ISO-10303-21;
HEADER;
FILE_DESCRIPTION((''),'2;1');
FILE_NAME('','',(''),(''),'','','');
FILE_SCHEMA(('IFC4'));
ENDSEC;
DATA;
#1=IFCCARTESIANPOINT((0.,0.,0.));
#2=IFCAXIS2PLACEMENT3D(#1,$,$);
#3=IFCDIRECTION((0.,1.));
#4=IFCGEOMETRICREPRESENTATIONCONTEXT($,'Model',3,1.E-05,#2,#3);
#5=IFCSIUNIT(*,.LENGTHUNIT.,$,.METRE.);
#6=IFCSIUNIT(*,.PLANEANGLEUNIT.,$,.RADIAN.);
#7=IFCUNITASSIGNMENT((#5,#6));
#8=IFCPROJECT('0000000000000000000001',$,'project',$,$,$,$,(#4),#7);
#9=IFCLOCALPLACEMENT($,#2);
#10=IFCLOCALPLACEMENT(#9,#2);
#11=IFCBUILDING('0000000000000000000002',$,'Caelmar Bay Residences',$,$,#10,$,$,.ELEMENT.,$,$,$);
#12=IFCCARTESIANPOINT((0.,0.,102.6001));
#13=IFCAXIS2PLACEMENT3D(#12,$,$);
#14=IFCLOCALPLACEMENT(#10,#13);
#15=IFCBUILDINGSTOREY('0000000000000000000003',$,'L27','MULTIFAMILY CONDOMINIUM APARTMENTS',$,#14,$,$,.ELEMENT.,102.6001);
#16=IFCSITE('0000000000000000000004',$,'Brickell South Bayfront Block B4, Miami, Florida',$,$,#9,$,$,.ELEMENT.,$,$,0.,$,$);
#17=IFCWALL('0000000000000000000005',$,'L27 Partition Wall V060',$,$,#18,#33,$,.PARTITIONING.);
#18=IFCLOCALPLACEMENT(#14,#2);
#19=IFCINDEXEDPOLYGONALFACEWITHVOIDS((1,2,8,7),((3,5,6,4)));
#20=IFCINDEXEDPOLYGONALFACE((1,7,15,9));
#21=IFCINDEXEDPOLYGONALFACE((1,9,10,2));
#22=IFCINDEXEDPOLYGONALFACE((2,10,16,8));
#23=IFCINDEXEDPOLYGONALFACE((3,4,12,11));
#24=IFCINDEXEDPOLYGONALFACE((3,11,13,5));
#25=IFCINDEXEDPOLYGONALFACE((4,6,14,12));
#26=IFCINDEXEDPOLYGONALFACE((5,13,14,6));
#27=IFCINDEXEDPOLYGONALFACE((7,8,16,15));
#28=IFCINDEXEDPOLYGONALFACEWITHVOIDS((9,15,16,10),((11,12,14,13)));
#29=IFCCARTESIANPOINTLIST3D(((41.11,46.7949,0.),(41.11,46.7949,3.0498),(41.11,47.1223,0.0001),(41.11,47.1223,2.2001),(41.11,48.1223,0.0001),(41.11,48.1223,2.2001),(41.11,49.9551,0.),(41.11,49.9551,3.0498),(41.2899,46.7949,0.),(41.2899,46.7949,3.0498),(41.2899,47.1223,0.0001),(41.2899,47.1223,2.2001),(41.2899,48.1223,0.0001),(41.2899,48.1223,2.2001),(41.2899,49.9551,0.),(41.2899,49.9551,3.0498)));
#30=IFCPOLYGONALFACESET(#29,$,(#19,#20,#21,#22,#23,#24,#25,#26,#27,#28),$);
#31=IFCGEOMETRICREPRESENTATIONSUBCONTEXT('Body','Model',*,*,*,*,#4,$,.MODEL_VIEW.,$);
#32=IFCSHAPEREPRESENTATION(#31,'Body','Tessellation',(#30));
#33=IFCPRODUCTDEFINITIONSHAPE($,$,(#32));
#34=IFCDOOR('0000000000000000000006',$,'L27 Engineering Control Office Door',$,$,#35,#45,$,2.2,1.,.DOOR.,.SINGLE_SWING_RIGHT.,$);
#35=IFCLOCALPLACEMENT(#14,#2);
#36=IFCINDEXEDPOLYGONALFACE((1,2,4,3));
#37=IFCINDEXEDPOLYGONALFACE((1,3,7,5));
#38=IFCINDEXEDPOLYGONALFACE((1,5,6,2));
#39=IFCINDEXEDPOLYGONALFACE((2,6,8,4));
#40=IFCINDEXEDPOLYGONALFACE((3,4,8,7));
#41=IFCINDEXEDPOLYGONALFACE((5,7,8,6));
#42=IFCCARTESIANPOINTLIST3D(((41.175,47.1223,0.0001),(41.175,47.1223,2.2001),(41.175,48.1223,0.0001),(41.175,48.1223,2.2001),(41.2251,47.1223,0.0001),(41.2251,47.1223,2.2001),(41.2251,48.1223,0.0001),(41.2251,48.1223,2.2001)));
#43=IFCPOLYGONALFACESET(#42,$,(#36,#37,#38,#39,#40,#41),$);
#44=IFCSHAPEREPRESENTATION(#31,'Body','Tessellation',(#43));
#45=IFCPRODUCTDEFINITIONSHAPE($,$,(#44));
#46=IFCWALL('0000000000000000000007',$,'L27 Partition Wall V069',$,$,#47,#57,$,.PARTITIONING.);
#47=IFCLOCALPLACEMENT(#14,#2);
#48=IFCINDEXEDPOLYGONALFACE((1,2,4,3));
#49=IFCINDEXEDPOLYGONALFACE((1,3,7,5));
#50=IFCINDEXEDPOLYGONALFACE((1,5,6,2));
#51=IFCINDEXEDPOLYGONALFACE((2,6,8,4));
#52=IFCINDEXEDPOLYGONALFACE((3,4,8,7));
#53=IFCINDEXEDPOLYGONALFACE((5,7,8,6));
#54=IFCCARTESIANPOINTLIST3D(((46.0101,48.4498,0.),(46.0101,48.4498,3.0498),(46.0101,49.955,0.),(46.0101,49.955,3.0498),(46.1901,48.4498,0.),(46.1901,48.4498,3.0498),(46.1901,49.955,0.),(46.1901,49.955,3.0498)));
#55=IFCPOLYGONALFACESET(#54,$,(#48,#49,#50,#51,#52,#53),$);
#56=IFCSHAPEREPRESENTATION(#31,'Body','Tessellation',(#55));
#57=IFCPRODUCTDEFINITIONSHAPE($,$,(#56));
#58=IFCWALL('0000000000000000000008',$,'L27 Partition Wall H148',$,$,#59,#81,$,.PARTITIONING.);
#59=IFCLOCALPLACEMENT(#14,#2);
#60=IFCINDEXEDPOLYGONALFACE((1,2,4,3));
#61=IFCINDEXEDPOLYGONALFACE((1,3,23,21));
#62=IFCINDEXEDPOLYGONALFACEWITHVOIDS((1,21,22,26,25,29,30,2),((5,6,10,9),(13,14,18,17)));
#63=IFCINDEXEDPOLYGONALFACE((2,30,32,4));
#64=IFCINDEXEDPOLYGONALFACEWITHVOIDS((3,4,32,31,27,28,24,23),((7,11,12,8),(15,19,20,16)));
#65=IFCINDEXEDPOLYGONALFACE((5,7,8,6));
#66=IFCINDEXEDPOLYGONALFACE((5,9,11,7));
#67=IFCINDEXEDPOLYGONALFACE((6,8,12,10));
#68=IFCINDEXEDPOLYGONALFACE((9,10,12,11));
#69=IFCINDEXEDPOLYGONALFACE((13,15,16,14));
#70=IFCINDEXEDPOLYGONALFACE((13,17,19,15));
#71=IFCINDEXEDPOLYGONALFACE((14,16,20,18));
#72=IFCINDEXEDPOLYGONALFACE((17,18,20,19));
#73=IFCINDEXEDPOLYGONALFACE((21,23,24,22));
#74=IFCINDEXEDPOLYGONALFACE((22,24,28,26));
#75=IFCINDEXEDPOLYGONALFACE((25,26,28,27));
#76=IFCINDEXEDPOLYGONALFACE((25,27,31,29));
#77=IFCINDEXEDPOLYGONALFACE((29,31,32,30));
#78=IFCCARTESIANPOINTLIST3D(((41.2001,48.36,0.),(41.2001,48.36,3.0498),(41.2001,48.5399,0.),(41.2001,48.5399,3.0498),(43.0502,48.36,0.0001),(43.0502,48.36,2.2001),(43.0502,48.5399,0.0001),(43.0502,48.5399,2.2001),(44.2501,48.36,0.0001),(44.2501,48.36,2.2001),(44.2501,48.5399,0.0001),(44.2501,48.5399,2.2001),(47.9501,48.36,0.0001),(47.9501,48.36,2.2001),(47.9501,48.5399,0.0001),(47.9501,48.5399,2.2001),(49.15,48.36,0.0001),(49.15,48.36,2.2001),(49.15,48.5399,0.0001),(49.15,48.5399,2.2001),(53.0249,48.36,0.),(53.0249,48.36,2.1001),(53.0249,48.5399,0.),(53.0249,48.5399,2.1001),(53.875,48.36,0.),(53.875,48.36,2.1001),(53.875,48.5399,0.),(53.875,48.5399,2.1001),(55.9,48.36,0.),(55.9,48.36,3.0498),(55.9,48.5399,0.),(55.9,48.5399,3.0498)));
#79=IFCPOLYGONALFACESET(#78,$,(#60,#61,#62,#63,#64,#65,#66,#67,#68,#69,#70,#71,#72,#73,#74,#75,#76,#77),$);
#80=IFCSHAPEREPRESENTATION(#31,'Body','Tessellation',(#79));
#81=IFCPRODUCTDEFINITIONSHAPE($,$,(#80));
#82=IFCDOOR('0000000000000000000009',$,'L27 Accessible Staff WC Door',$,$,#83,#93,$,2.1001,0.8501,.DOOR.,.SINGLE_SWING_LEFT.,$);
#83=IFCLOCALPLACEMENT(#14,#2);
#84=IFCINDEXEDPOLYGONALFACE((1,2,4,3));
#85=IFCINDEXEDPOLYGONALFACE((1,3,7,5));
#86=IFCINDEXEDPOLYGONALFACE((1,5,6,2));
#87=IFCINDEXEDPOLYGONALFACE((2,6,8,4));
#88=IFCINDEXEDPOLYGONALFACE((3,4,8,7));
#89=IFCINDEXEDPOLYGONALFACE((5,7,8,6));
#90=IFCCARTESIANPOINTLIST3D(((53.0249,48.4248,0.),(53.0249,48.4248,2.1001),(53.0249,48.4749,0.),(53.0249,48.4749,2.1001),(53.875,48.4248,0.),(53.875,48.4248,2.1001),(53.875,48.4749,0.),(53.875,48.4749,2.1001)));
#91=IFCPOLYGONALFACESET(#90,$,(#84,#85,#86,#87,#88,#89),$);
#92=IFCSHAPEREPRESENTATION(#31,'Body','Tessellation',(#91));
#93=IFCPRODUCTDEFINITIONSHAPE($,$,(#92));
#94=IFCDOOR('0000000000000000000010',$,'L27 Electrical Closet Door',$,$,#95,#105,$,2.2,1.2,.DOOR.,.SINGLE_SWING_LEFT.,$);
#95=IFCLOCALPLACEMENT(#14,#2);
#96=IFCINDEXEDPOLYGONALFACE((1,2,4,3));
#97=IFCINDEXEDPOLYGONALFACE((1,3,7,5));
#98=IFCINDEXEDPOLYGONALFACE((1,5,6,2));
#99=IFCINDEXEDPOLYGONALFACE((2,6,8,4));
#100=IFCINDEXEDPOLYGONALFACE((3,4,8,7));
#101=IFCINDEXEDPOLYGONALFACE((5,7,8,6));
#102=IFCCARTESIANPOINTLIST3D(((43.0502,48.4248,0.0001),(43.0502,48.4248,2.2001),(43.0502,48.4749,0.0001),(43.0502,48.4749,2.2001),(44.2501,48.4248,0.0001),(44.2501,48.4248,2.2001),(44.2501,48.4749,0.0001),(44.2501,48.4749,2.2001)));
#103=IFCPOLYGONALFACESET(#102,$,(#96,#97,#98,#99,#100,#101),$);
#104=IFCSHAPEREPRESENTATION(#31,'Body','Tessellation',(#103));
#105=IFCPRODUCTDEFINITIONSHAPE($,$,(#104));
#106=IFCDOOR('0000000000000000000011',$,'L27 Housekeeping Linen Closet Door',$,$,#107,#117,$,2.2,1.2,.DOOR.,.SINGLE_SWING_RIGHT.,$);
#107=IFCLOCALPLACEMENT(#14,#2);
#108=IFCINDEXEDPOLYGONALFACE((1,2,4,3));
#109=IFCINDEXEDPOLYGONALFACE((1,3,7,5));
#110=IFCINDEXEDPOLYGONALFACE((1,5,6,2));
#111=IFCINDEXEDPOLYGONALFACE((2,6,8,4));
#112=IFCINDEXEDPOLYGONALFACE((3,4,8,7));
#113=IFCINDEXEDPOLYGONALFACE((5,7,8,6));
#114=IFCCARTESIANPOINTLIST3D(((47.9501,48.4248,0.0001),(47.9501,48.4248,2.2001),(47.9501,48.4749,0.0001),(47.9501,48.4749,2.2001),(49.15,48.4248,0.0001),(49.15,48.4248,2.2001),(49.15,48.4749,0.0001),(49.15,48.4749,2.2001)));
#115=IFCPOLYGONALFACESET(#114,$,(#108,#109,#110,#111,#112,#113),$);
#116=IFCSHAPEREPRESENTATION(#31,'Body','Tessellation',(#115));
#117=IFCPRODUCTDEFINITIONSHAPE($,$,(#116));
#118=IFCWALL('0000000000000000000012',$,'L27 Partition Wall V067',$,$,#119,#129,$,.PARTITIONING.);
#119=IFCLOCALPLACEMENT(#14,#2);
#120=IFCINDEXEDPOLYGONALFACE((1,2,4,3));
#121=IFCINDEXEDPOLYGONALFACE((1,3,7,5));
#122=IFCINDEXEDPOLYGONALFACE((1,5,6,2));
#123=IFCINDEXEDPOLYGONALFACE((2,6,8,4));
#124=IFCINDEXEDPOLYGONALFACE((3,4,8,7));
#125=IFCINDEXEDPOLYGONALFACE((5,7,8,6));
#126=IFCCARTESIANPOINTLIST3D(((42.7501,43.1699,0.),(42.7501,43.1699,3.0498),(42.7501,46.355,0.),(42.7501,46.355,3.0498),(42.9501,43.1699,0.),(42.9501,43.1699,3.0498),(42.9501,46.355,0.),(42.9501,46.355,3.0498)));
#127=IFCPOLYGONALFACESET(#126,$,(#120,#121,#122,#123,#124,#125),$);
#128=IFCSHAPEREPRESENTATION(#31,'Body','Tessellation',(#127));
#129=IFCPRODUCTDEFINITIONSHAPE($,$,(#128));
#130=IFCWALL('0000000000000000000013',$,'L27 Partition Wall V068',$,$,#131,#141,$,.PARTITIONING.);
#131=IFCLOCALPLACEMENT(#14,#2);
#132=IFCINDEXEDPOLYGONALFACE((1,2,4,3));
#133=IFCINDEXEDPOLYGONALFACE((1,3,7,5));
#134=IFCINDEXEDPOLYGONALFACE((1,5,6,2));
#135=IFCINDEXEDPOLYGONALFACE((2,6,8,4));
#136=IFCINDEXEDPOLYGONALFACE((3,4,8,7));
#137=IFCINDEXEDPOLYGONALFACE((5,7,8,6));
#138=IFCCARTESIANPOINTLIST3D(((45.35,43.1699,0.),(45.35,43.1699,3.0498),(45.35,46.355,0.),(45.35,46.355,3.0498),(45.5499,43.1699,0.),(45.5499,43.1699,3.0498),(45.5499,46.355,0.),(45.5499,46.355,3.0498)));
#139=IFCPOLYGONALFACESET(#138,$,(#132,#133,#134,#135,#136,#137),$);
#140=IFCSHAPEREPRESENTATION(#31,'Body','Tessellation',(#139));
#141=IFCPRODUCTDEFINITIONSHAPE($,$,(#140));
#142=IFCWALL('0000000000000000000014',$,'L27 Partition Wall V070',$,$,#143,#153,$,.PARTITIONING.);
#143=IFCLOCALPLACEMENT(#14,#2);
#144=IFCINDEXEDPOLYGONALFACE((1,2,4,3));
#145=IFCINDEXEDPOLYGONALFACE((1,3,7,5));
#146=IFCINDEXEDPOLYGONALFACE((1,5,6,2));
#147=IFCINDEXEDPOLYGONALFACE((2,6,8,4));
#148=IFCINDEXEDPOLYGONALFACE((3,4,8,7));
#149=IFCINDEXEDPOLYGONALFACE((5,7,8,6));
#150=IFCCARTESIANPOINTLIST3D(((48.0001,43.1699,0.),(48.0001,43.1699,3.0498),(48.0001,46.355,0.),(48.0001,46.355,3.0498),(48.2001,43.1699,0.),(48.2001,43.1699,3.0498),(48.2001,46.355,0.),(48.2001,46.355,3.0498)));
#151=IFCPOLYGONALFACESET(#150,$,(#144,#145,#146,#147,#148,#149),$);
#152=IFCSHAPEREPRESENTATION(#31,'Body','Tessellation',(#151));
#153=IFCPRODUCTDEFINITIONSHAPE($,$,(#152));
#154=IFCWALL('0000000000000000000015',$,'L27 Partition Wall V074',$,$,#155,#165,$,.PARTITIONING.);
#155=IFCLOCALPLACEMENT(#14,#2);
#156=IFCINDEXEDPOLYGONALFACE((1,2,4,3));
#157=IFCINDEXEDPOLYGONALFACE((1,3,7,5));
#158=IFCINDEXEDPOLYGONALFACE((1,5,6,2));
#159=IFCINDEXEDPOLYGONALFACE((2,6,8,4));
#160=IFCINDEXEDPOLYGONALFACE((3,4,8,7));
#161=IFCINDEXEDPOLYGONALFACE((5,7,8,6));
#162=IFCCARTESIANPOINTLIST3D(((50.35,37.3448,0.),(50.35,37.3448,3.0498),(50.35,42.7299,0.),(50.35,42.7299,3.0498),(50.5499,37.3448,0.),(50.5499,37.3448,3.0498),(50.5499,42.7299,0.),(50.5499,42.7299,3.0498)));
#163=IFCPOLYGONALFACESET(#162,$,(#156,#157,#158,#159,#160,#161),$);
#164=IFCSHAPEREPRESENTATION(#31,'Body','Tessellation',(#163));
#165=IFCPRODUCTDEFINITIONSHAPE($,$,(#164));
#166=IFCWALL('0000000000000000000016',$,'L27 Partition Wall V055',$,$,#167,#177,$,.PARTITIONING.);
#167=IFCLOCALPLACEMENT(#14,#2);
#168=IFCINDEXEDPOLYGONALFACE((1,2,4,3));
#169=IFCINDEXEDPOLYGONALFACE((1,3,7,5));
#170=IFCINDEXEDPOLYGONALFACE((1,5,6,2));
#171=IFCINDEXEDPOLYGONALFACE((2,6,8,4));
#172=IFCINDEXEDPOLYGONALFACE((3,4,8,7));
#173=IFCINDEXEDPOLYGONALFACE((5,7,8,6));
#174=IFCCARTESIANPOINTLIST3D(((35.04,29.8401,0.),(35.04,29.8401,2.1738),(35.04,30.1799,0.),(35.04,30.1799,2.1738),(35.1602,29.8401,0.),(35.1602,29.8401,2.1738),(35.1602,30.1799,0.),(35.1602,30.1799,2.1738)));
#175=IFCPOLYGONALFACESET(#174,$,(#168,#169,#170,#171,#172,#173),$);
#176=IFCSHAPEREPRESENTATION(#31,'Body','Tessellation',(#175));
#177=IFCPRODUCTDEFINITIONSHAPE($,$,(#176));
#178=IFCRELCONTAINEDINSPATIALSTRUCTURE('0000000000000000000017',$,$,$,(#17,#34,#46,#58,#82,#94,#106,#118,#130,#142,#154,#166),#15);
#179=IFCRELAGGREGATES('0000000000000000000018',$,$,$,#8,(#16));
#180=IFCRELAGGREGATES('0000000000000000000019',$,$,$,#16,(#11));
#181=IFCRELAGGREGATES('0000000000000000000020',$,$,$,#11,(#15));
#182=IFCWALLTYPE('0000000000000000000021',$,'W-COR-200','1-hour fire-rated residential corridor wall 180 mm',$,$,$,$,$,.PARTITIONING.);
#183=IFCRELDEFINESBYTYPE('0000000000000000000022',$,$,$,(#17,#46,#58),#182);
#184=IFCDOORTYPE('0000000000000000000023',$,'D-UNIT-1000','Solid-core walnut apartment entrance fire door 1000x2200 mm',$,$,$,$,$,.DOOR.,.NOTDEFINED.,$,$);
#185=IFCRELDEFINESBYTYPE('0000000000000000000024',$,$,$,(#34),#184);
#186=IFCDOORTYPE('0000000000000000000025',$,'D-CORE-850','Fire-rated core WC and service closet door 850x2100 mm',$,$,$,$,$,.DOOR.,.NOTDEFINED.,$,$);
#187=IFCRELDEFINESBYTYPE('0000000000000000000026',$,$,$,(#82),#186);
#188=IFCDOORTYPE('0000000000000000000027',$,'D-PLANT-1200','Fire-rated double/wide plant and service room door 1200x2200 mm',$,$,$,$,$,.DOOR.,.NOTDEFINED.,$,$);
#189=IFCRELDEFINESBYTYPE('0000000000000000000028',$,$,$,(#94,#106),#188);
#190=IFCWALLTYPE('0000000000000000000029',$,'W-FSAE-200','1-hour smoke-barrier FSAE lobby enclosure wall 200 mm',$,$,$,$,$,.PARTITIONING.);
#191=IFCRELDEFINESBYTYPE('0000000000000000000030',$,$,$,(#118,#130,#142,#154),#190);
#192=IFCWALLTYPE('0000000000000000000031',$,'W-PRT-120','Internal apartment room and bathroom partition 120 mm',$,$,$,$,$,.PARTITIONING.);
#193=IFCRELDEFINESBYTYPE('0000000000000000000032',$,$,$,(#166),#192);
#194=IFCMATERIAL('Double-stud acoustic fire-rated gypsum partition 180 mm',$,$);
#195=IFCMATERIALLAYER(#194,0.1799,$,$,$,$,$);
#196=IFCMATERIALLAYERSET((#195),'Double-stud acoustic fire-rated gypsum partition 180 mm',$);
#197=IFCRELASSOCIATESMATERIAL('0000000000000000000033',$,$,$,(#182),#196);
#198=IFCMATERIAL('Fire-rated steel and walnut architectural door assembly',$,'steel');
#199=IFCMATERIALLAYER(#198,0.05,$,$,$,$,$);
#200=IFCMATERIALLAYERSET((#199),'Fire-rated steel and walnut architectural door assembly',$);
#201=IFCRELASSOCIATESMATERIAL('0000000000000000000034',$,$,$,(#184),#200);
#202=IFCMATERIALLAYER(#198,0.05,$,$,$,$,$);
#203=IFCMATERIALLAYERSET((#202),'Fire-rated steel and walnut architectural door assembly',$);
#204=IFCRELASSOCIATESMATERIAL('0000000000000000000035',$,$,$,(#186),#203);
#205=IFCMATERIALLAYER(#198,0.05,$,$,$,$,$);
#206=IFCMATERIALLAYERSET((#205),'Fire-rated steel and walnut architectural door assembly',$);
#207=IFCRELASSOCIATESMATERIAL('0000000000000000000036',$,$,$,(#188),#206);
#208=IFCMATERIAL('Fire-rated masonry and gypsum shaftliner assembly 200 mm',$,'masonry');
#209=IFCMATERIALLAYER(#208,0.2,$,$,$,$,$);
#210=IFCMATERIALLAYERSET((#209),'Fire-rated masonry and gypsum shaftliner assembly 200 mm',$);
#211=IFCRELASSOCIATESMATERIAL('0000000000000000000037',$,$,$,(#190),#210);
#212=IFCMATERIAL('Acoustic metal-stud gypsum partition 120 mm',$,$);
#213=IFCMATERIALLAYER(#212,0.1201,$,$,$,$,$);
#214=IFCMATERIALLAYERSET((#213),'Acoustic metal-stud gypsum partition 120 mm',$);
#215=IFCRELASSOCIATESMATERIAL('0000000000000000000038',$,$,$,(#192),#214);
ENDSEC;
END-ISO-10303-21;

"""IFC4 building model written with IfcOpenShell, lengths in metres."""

from ifc_helpers import new_model, si_unit, direction, frame, frame_2d, origin, place, context, subcontext, project, spatial, rectangle, extrude, material, layer, layer_set, type_object, element, fill, save


model = new_model("IFC4")

# Units and contexts
model_context = context("Model", 3, precision=1e-05, world=origin(), true_north=direction((0.0, 1.0)))
body_context = subcontext(model_context, "Body", "Model", "MODEL_VIEW")
ifc_project = project(units=[si_unit("LENGTHUNIT", "METRE"), si_unit("PLANEANGLEUNIT", "RADIAN")], contexts=[model_context])

# Site, building, storey
site_placement = place(None, origin())
site = spatial("IfcSite", under=ifc_project, at=site_placement, Name="Brickell South Bayfront Block B4, Miami, Florida", CompositionType="ELEMENT", RefElevation=0.0)
building_placement = place(site_placement, origin())
building = spatial("IfcBuilding", under=site, at=building_placement, Name="Caelmar Bay Residences", CompositionType="ELEMENT")
storey_placement = place(building_placement, frame((0.0, 0.0, 102.6001)))
storey = spatial("IfcBuildingStorey", under=building, at=storey_placement, Name="L27", Description="MULTIFAMILY CONDOMINIUM APARTMENTS", CompositionType="ELEMENT", Elevation=102.6001)

# Wall, opening, door
ifc_material_1 = material(Name="Double-stud acoustic fire-rated gypsum partition 180 mm")
ifc_layer_1 = layer(ifc_material_1, 0.1799)
ifc_layer_set_1 = layer_set([ifc_layer_1], Name="Double-stud acoustic fire-rated gypsum partition 180 mm")
wall_type_1 = type_object("IfcWallType", Name="W-COR-200", Description="1-hour fire-rated residential corridor wall 180 mm", PredefinedType="PARTITIONING", material=ifc_layer_set_1)
wall_1_placement = place(storey_placement, frame((41.2, 46.7949, 0.0), z_axis=(0.0, 0.0, 1.0), x_axis=(0.0, 1.0, 0.0)))
wall_1 = element("IfcWall", 1, at=wall_1_placement, inside=storey, type_object=wall_type_1, Name="L27 Partition Wall V060", PredefinedType="PARTITIONING", context=body_context, shape_type="SweptSolid", body=[
    extrude(rectangle(XDim=3.1602, YDim=0.1799, at=frame_2d((1.5801, 0.0))), origin(), (0.0, 0.0, 1.0), 3.0498),
])
opening_1_placement = place(wall_1_placement, frame((0.3274, 0.0, 0.0)))
opening_1 = element("IfcOpeningElement", 2, at=opening_1_placement, cuts=wall_1, PredefinedType="OPENING", context=body_context, shape_type="SweptSolid", body=[
    extrude(rectangle(XDim=1.0, YDim=2.2, at=frame_2d((0.5, 1.1001))), frame((0.0, 0.0999, 0.0), z_axis=(0.0, -1.0, 0.0), x_axis=(1.0, 0.0, 0.0)), (0.0, 0.0, 1.0), 0.2),
])
ifc_material_2 = material(Name="Fire-rated steel and walnut architectural door assembly", Category="steel")
ifc_layer_2 = layer(ifc_material_2, 0.05)
ifc_layer_set_2 = layer_set([ifc_layer_2], Name="Fire-rated steel and walnut architectural door assembly")
door_type_1 = type_object("IfcDoorType", Name="D-UNIT-1000", Description="Solid-core walnut apartment entrance fire door 1000x2200 mm", OperationType="NOTDEFINED", PredefinedType="DOOR", material=ifc_layer_set_2)
door_1_placement = place(opening_1_placement, origin())
door_1 = element("IfcDoor", 3, at=door_1_placement, inside=storey, type_object=door_type_1, Name="L27 Engineering Control Office Door", OperationType="SINGLE_SWING_RIGHT", OverallHeight=2.2, OverallWidth=1.0, PredefinedType="DOOR", context=body_context, shape_type="SweptSolid", body=[
    extrude(rectangle(XDim=1.0, YDim=2.2, at=frame_2d((0.5, 1.1001))), frame((0.0, 0.0249, 0.0), z_axis=(0.0, -1.0, 0.0), x_axis=(1.0, 0.0, 0.0)), (0.0, 0.0, 1.0), 0.05),
])
fill(opening_1, door_1)

# Wall
wall_2_placement = place(storey_placement, frame((46.1001, 48.45, 0.0), z_axis=(0.0, 0.0, 1.0), x_axis=(0.0, 1.0, 0.0)))
element("IfcWall", 4, at=wall_2_placement, inside=storey, type_object=wall_type_1, Name="L27 Partition Wall V069", PredefinedType="PARTITIONING", context=body_context, shape_type="SweptSolid", body=[
    extrude(rectangle(XDim=1.5051, YDim=0.1799, at=frame_2d((0.7524, 0.0))), origin(), (0.0, 0.0, 1.0), 3.0498),
])

# Wall, openings, doors
wall_3_placement = place(storey_placement, frame((41.2, 48.45, 0.0), z_axis=(0.0, 0.0, 1.0), x_axis=(1.0, 0.0, 0.0)))
wall_3 = element("IfcWall", 5, at=wall_3_placement, inside=storey, type_object=wall_type_1, Name="L27 Partition Wall H148", PredefinedType="PARTITIONING", context=body_context, shape_type="SweptSolid", body=[
    extrude(rectangle(XDim=14.7, YDim=0.1799, at=frame_2d((7.3501, 0.0))), origin(), (0.0, 0.0, 1.0), 3.0498),
])
opening_2_placement = place(wall_3_placement, frame((1.8501, 0.0, 0.0)))
opening_2 = element("IfcOpeningElement", 6, at=opening_2_placement, cuts=wall_3, PredefinedType="OPENING", context=body_context, shape_type="SweptSolid", body=[
    extrude(rectangle(XDim=1.2, YDim=2.2, at=frame_2d((0.6001, 1.1001))), frame((0.0, 0.0999, 0.0), z_axis=(0.0, -1.0, 0.0), x_axis=(1.0, 0.0, 0.0)), (0.0, 0.0, 1.0), 0.2),
])
opening_3_placement = place(wall_3_placement, frame((6.75, 0.0, 0.0)))
opening_3 = element("IfcOpeningElement", 7, at=opening_3_placement, cuts=wall_3, PredefinedType="OPENING", context=body_context, shape_type="SweptSolid", body=[
    extrude(rectangle(XDim=1.2, YDim=2.2, at=frame_2d((0.6001, 1.1001))), frame((0.0, 0.0999, 0.0), z_axis=(0.0, -1.0, 0.0), x_axis=(1.0, 0.0, 0.0)), (0.0, 0.0, 1.0), 0.2),
])
opening_4_placement = place(wall_3_placement, frame((11.825, 0.0, 0.0)))
opening_4 = element("IfcOpeningElement", 8, at=opening_4_placement, cuts=wall_3, PredefinedType="OPENING", context=body_context, shape_type="SweptSolid", body=[
    extrude(rectangle(XDim=0.8501, YDim=2.1001, at=frame_2d((0.425, 1.05))), frame((0.0, 0.0999, 0.0), z_axis=(0.0, -1.0, 0.0), x_axis=(1.0, 0.0, 0.0)), (0.0, 0.0, 1.0), 0.2),
])
ifc_layer_3 = layer(ifc_material_2, 0.05)
ifc_layer_set_3 = layer_set([ifc_layer_3], Name="Fire-rated steel and walnut architectural door assembly")
door_type_2 = type_object("IfcDoorType", Name="D-CORE-850", Description="Fire-rated core WC and service closet door 850x2100 mm", OperationType="NOTDEFINED", PredefinedType="DOOR", material=ifc_layer_set_3)
door_2_placement = place(opening_4_placement, origin())
door_2 = element("IfcDoor", 9, at=door_2_placement, inside=storey, type_object=door_type_2, Name="L27 Accessible Staff WC Door", OperationType="SINGLE_SWING_LEFT", OverallHeight=2.1001, OverallWidth=0.8501, PredefinedType="DOOR", context=body_context, shape_type="SweptSolid", body=[
    extrude(rectangle(XDim=0.8501, YDim=2.1001, at=frame_2d((0.425, 1.05))), frame((0.0, 0.0249, 0.0), z_axis=(0.0, -1.0, 0.0), x_axis=(1.0, 0.0, 0.0)), (0.0, 0.0, 1.0), 0.05),
])
fill(opening_4, door_2)
ifc_layer_4 = layer(ifc_material_2, 0.05)
ifc_layer_set_4 = layer_set([ifc_layer_4], Name="Fire-rated steel and walnut architectural door assembly")
door_type_3 = type_object("IfcDoorType", Name="D-PLANT-1200", Description="Fire-rated double/wide plant and service room door 1200x2200 mm", OperationType="NOTDEFINED", PredefinedType="DOOR", material=ifc_layer_set_4)
door_3_placement = place(opening_2_placement, origin())
door_3 = element("IfcDoor", 10, at=door_3_placement, inside=storey, type_object=door_type_3, Name="L27 Electrical Closet Door", OperationType="SINGLE_SWING_LEFT", OverallHeight=2.2, OverallWidth=1.2, PredefinedType="DOOR", context=body_context, shape_type="SweptSolid", body=[
    extrude(rectangle(XDim=1.2, YDim=2.2, at=frame_2d((0.6001, 1.1001))), frame((0.0, 0.0249, 0.0), z_axis=(0.0, -1.0, 0.0), x_axis=(1.0, 0.0, 0.0)), (0.0, 0.0, 1.0), 0.05),
])
fill(opening_2, door_3)
door_4_placement = place(opening_3_placement, origin())
door_4 = element("IfcDoor", 11, at=door_4_placement, inside=storey, type_object=door_type_3, Name="L27 Housekeeping Linen Closet Door", OperationType="SINGLE_SWING_RIGHT", OverallHeight=2.2, OverallWidth=1.2, PredefinedType="DOOR", context=body_context, shape_type="SweptSolid", body=[
    extrude(rectangle(XDim=1.2, YDim=2.2, at=frame_2d((0.6001, 1.1001))), frame((0.0, 0.0249, 0.0), z_axis=(0.0, -1.0, 0.0), x_axis=(1.0, 0.0, 0.0)), (0.0, 0.0, 1.0), 0.05),
])
fill(opening_3, door_4)

# Walls
ifc_material_3 = material(Name="Fire-rated masonry and gypsum shaftliner assembly 200 mm", Category="masonry")
ifc_layer_5 = layer(ifc_material_3, 0.2)
ifc_layer_set_5 = layer_set([ifc_layer_5], Name="Fire-rated masonry and gypsum shaftliner assembly 200 mm")
wall_type_2 = type_object("IfcWallType", Name="W-FSAE-200", Description="1-hour smoke-barrier FSAE lobby enclosure wall 200 mm", PredefinedType="PARTITIONING", material=ifc_layer_set_5)
for number, where, z_axis, x_axis, name in (
    (12, (42.8501, 43.1699, 0.0), (0.0, 0.0, 1.0), (0.0, 1.0, 0.0), "L27 Partition Wall V067"),
    (13, (45.45, 43.1699, 0.0), (0.0, 0.0, 1.0), (0.0, 1.0, 0.0), "L27 Partition Wall V068"),
    (14, (48.1001, 43.1699, 0.0), (0.0, 0.0, 1.0), (0.0, 1.0, 0.0), "L27 Partition Wall V070"),
):
    element("IfcWall", number, at=place(storey_placement, frame(where, z_axis=z_axis, x_axis=x_axis)), inside=storey, type_object=wall_type_2, Name=name, PredefinedType="PARTITIONING", context=body_context, shape_type="SweptSolid", body=[
        extrude(rectangle(XDim=3.1851, YDim=0.2, at=frame_2d((1.5925, 0.0))), origin(), (0.0, 0.0, 1.0), 3.0498),
    ])
wall_4_placement = place(storey_placement, frame((50.45, 37.345, 0.0), z_axis=(0.0, 0.0, 1.0), x_axis=(0.0, 1.0, 0.0)))
element("IfcWall", 15, at=wall_4_placement, inside=storey, type_object=wall_type_2, Name="L27 Partition Wall V074", PredefinedType="PARTITIONING", context=body_context, shape_type="SweptSolid", body=[
    extrude(rectangle(XDim=5.385, YDim=0.2, at=frame_2d((2.6924, 0.0))), origin(), (0.0, 0.0, 1.0), 3.0498),
])
ifc_material_4 = material(Name="Acoustic metal-stud gypsum partition 120 mm")
ifc_layer_6 = layer(ifc_material_4, 0.1201)
ifc_layer_set_6 = layer_set([ifc_layer_6], Name="Acoustic metal-stud gypsum partition 120 mm")
wall_type_3 = type_object("IfcWallType", Name="W-PRT-120", Description="Internal apartment room and bathroom partition 120 mm", PredefinedType="PARTITIONING", material=ifc_layer_set_6)
wall_5_placement = place(storey_placement, frame((35.1001, 29.8401, 0.0), z_axis=(0.0, 0.0, 1.0), x_axis=(0.0, 1.0, 0.0)))
element("IfcWall", 16, at=wall_5_placement, inside=storey, type_object=wall_type_3, Name="L27 Partition Wall V055", PredefinedType="PARTITIONING", context=body_context, shape_type="SweptSolid", body=[
    extrude(rectangle(XDim=0.3398, YDim=0.1201, at=frame_2d((0.1699, 0.0))), origin(), (0.0, 0.0, 1.0), 2.1738),
])

save(model, "model.ifc")
